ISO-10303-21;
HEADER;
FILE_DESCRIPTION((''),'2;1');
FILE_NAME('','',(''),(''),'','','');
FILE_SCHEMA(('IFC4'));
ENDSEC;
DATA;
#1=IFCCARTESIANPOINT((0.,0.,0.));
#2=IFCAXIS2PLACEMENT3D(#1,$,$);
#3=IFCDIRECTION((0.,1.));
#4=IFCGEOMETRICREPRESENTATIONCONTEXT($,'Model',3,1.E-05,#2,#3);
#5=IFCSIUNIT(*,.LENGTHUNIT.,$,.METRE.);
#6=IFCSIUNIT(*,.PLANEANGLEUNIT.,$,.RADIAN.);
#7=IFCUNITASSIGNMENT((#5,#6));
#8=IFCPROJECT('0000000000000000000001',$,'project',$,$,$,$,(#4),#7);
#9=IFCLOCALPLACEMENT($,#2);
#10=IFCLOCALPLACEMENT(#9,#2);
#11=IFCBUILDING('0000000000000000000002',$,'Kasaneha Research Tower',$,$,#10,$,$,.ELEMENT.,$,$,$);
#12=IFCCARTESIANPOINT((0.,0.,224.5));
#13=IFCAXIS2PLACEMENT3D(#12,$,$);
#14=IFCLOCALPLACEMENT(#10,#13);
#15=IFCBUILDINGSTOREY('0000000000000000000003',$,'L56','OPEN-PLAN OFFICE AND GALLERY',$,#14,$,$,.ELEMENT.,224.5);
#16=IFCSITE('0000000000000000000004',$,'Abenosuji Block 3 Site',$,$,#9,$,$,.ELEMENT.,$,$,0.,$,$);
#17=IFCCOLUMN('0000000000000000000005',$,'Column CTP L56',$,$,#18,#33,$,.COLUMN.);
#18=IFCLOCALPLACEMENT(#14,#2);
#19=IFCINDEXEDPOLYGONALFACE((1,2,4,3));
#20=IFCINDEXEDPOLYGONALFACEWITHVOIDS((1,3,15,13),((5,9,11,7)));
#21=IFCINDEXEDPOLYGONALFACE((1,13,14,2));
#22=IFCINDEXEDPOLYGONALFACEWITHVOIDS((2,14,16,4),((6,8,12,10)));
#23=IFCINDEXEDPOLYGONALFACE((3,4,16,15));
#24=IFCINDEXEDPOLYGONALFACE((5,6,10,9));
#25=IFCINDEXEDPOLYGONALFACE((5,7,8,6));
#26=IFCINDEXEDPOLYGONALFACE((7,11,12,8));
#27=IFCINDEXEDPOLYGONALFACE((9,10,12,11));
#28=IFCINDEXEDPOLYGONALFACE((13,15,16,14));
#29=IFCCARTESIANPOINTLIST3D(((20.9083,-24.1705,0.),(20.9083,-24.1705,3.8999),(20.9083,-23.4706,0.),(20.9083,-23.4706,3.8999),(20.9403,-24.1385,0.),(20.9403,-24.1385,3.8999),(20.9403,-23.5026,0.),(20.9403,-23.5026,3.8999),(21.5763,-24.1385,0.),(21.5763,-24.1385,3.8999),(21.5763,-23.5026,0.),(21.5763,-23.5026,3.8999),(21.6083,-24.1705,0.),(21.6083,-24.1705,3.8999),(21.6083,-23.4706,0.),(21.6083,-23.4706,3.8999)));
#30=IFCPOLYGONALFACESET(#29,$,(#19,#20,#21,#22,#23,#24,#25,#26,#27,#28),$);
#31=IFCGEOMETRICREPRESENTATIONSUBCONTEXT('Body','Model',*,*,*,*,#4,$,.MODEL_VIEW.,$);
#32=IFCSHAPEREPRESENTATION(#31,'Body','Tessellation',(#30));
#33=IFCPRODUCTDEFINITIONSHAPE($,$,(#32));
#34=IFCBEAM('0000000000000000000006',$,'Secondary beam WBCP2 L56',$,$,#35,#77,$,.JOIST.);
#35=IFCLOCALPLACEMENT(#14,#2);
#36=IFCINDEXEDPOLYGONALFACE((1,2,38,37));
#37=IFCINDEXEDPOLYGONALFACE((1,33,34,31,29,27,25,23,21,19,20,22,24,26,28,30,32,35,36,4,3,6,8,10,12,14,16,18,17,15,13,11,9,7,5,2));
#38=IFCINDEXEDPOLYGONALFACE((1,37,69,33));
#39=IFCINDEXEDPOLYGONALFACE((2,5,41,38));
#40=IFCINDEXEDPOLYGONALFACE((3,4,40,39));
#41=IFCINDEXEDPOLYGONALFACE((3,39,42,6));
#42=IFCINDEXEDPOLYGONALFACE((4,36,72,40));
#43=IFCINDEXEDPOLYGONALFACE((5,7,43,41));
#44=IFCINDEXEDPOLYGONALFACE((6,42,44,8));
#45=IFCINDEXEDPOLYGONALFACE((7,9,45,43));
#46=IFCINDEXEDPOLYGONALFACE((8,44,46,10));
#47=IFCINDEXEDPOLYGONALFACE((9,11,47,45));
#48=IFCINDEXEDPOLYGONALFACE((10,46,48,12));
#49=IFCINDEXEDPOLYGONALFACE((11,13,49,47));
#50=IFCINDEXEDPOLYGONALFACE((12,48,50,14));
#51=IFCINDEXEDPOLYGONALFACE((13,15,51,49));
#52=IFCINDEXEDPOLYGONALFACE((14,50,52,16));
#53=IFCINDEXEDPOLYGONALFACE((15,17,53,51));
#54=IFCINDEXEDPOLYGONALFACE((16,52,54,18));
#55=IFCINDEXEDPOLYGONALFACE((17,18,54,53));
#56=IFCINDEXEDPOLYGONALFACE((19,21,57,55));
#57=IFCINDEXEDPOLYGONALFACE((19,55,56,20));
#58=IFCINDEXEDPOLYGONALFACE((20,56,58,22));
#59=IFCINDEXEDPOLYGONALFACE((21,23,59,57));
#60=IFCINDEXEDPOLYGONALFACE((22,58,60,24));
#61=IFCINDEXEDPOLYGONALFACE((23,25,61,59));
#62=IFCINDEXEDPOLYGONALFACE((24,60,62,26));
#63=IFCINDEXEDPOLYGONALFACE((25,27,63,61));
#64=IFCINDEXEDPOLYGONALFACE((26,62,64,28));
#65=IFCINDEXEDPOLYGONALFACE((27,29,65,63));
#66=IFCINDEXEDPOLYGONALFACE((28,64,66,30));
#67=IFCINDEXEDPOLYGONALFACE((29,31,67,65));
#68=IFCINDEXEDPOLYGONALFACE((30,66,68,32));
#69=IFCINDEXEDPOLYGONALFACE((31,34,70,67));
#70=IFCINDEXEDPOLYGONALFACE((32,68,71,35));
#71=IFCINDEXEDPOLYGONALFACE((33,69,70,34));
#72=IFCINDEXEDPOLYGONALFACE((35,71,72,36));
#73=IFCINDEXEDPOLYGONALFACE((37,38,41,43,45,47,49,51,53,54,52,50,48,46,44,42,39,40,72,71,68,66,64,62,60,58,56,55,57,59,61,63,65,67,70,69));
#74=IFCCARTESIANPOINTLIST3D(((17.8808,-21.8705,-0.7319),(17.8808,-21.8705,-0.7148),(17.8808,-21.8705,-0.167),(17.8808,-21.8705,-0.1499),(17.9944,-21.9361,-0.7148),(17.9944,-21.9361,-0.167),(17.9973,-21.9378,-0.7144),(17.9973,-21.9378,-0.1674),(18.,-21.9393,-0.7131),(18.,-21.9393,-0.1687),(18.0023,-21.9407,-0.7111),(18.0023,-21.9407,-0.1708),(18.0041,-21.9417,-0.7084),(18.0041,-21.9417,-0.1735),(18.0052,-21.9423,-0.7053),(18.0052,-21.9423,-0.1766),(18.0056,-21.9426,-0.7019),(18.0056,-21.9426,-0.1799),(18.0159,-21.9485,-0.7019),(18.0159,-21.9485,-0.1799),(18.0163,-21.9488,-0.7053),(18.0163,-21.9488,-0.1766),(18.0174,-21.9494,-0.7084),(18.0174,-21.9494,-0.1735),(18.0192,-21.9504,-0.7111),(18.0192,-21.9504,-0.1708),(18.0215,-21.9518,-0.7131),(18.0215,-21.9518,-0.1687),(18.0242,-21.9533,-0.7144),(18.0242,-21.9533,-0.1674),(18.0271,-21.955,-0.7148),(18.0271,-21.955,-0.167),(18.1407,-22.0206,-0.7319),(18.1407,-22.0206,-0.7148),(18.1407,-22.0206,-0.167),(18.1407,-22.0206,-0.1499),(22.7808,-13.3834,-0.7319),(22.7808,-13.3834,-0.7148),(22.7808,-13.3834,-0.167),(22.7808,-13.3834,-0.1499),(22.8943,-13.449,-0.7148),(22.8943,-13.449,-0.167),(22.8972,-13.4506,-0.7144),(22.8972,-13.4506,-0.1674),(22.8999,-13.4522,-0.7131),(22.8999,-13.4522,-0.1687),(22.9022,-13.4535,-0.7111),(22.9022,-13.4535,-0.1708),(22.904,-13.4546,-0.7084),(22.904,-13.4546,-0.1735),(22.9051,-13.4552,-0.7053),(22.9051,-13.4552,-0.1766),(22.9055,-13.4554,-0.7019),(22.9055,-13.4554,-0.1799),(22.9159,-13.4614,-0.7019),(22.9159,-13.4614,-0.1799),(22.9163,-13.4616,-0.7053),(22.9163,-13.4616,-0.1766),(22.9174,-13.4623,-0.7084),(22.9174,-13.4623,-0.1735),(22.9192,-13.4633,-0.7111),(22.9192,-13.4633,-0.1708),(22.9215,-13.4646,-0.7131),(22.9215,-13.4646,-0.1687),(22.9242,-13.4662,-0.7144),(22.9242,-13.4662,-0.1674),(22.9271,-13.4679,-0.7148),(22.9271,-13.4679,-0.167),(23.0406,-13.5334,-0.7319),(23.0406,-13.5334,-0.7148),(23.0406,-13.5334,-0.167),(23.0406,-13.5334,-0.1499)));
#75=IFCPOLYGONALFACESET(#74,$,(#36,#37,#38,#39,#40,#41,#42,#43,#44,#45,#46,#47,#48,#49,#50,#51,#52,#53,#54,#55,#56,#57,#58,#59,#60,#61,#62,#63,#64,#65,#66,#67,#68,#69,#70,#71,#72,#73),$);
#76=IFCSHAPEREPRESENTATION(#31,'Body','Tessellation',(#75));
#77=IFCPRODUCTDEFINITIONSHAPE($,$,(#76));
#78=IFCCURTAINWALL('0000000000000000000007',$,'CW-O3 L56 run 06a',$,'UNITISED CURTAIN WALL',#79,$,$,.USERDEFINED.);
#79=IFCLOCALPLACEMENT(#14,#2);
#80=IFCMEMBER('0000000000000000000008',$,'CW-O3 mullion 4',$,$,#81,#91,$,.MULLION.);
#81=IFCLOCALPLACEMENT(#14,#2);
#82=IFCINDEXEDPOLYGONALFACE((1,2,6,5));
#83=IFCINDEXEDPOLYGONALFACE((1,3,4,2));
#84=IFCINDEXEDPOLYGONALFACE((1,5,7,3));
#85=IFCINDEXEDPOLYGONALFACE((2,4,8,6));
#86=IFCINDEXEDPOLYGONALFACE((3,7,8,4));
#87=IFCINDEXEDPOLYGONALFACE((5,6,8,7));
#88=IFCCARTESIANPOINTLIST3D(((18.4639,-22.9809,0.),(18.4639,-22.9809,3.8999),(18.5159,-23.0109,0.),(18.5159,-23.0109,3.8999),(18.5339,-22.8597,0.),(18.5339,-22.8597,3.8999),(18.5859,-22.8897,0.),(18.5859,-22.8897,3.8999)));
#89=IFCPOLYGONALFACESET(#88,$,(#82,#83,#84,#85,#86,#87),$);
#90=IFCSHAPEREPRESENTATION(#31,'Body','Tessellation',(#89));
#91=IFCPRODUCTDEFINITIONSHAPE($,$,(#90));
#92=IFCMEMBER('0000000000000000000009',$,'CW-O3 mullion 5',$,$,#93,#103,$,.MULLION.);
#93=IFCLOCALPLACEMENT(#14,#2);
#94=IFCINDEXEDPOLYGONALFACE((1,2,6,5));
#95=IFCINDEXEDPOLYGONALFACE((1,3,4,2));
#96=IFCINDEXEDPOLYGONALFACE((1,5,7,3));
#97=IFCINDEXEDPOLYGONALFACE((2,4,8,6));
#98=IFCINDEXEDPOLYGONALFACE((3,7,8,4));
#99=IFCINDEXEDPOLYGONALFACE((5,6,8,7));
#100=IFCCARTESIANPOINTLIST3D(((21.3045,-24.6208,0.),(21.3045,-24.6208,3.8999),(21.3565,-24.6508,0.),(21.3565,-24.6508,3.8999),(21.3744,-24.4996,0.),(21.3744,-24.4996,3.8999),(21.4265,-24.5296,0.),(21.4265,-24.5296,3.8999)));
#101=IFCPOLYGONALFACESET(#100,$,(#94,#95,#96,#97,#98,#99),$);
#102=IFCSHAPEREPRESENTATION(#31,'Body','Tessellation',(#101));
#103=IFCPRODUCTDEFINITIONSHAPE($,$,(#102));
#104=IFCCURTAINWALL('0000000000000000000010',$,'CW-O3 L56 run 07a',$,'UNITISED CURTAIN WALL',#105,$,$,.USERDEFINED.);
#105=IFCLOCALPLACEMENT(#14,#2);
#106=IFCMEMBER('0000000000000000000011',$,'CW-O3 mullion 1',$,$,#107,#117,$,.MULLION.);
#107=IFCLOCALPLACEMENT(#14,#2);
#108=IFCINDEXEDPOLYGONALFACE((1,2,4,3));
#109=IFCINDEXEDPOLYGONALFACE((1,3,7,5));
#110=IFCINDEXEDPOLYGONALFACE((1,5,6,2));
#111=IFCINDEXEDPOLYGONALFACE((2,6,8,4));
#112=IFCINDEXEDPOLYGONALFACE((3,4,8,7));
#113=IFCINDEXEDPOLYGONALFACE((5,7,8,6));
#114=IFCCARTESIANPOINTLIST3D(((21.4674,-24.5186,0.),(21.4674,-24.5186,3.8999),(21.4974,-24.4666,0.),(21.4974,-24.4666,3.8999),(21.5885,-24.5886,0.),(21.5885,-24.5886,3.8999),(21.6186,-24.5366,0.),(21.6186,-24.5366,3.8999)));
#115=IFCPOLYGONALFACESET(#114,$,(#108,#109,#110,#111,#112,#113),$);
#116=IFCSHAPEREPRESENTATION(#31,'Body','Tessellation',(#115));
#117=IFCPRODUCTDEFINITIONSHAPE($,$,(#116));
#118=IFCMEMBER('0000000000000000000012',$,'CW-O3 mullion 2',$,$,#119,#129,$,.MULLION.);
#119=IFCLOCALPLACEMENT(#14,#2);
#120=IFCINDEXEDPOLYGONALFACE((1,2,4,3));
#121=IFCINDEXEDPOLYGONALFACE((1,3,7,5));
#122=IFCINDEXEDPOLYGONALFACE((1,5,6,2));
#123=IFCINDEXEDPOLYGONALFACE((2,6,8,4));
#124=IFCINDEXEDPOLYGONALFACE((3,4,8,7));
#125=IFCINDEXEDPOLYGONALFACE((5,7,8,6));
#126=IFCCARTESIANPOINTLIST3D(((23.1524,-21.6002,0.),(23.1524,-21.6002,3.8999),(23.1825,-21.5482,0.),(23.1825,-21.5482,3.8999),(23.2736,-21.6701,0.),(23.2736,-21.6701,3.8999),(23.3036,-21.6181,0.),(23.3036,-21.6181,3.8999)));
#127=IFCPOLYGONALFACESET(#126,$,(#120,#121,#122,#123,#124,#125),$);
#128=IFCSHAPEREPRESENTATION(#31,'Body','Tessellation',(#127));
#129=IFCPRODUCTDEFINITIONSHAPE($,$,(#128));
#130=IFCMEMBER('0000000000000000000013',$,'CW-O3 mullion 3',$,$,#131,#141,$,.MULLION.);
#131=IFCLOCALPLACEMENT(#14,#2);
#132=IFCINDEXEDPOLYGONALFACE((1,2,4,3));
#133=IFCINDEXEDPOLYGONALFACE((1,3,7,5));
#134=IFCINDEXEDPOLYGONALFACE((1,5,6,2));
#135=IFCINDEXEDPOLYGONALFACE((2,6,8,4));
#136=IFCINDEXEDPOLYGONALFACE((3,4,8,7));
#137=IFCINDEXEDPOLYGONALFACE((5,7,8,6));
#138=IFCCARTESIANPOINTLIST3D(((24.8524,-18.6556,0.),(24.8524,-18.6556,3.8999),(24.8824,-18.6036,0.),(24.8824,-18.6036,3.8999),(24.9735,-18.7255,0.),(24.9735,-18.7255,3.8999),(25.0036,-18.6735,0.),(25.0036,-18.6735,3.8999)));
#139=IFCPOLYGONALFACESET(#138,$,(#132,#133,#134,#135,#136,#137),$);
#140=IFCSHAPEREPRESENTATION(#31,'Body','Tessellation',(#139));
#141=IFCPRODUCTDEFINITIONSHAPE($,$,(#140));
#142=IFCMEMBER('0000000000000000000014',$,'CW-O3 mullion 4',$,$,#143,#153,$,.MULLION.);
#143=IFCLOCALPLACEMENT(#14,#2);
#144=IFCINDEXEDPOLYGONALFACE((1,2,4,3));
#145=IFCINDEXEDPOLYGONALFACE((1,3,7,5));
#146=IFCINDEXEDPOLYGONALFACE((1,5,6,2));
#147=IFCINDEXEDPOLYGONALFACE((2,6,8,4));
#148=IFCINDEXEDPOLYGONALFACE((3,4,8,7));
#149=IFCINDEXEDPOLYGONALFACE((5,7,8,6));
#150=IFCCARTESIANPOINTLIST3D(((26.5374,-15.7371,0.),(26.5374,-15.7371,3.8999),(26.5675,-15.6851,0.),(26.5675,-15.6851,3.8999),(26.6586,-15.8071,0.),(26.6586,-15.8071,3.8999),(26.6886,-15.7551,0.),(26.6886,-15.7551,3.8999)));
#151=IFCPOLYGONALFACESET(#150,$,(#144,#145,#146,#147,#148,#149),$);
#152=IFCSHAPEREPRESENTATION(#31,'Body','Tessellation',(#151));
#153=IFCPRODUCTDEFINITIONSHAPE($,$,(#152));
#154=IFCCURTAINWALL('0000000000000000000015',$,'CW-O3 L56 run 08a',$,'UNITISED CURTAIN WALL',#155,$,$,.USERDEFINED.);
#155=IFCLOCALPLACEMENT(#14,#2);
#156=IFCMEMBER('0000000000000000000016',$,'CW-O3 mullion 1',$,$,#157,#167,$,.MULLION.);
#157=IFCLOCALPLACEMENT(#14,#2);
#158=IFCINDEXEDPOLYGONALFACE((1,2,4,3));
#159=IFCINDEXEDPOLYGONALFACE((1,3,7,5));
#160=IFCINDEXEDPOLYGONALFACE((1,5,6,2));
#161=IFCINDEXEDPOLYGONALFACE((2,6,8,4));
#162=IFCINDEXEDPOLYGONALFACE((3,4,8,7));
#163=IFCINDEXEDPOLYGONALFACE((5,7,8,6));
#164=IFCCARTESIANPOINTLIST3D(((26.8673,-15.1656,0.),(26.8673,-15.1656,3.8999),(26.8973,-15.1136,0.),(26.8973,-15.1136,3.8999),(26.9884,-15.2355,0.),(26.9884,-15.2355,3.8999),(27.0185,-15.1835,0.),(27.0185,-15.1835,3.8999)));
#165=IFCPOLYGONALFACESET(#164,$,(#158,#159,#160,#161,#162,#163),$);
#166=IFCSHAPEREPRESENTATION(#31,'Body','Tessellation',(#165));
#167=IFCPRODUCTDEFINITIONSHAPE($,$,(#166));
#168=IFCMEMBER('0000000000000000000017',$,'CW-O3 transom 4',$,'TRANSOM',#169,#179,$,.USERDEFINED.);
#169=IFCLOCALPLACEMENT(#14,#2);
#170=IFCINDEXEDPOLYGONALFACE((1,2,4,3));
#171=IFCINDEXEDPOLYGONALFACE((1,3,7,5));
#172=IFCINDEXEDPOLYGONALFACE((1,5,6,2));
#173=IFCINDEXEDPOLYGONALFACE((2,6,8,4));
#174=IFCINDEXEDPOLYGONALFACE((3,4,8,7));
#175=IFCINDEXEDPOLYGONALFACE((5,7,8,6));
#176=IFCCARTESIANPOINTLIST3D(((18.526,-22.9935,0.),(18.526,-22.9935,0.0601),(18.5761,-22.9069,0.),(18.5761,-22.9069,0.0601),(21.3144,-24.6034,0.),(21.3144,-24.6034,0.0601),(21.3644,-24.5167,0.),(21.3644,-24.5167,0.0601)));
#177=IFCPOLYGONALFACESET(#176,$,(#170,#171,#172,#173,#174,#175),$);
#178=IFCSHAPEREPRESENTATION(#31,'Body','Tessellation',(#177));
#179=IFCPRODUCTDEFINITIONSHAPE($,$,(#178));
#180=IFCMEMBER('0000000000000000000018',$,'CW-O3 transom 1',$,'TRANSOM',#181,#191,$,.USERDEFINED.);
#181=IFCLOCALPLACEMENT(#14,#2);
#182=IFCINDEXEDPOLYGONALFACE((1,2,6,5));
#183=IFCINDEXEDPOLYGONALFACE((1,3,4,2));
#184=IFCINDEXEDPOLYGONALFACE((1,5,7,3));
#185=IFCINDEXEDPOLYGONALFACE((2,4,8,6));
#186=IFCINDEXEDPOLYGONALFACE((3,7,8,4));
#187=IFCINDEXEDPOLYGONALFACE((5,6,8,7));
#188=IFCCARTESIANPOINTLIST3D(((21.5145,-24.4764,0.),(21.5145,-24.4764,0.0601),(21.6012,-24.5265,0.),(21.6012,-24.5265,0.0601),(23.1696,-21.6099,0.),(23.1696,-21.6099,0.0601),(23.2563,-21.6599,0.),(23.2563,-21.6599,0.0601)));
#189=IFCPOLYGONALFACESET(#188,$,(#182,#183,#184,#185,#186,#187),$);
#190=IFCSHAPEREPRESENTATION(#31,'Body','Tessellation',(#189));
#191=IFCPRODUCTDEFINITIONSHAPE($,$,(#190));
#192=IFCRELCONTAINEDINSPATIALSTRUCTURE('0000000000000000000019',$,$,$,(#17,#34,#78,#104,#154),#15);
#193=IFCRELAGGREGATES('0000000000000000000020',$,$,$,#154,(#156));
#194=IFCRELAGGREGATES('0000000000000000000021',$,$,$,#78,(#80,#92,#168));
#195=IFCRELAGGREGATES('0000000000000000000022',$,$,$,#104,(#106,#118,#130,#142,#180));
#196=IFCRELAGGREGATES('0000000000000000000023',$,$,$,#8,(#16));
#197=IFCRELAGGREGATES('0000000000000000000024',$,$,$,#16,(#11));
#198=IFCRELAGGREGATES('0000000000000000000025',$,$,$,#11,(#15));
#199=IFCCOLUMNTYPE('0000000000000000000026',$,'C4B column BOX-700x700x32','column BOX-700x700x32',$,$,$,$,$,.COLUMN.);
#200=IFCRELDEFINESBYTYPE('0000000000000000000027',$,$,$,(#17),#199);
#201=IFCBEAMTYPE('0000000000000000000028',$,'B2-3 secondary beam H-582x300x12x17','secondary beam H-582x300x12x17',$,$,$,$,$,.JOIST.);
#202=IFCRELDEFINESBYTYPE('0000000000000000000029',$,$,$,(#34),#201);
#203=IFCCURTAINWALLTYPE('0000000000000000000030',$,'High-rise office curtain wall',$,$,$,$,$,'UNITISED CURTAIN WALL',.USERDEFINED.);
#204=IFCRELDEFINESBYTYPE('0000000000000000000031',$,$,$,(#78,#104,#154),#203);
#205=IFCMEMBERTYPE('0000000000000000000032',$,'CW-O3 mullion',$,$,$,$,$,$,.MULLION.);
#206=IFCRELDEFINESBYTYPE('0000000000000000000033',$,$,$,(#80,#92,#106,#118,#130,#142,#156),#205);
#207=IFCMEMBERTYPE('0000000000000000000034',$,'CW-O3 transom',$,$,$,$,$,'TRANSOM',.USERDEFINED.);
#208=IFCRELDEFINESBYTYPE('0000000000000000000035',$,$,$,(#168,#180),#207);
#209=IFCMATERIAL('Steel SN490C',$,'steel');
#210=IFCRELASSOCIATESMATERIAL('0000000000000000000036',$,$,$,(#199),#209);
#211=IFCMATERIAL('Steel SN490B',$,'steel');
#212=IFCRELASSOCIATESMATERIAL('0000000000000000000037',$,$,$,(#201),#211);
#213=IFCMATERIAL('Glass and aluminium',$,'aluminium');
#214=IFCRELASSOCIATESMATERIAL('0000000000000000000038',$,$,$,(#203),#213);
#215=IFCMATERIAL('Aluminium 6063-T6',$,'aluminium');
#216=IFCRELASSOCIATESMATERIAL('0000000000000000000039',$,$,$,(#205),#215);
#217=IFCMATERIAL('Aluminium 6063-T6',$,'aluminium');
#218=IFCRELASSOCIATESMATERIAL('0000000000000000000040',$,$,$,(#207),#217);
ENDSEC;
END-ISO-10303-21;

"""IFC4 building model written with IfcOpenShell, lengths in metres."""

from ifc_helpers import new_model, si_unit, direction, frame, origin, origin_2d, place, context, subcontext, project, spatial, rectangle, hollow_rectangle, i_section, extrude, material, material_profile, profile_set, type_object, element, aggregate, save


model = new_model("IFC4")

# Units and contexts
model_context = context("Model", 3, precision=1e-05, world=origin(), true_north=direction((0.0, 1.0)))
body_context = subcontext(model_context, "Body", "Model", "MODEL_VIEW")
ifc_project = project(units=[si_unit("LENGTHUNIT", "METRE"), si_unit("PLANEANGLEUNIT", "RADIAN")], contexts=[model_context])

# Site, building, storey
site_placement = place(None, origin())
site = spatial("IfcSite", under=ifc_project, at=site_placement, Name="Abenosuji Block 3 Site", CompositionType="ELEMENT", RefElevation=0.0)
building_placement = place(site_placement, origin())
building = spatial("IfcBuilding", under=site, at=building_placement, Name="Kasaneha Research Tower", CompositionType="ELEMENT")
storey_placement = place(building_placement, frame((0.0, 0.0, 224.5)))
storey = spatial("IfcBuildingStorey", under=building, at=storey_placement, Name="L56", Description="OPEN-PLAN OFFICE AND GALLERY", CompositionType="ELEMENT", Elevation=224.5)

# Column
ifc_material_1 = material(Name="Steel SN490C", Category="steel")
ifc_material_profile_1 = material_profile(ifc_material_1, hollow_rectangle(XDim=0.7, YDim=0.7, WallThickness=0.032, at=origin_2d()), Name="BOX-700x700x32")
ifc_profile_set_1 = profile_set([ifc_material_profile_1], Name="Steel SN490C")
column_type = type_object("IfcColumnType", Name="C4B column BOX-700x700x32", Description="column BOX-700x700x32", PredefinedType="COLUMN", material=ifc_profile_set_1)
column_placement = place(storey_placement, frame((21.2583, -23.8206, 0.0), z_axis=(0.0, 0.0, 1.0), x_axis=(1.0, 0.0, 0.0)))
element("IfcColumn", 1, at=column_placement, inside=storey, type_object=column_type, Name="Column CTP L56", PredefinedType="COLUMN", context=body_context, shape_type="SweptSolid", body=[
    extrude(hollow_rectangle(XDim=0.7, YDim=0.7, WallThickness=0.032, at=origin_2d()), origin(), (0.0, 0.0, 1.0), 3.8999),
])

# Beam
ifc_material_2 = material(Name="Steel SN490B", Category="steel")
ifc_material_profile_2 = material_profile(ifc_material_2, i_section(OverallWidth=0.3, OverallDepth=0.582, WebThickness=0.012, FlangeThickness=0.0171, FilletRadius=0.0129, at=origin_2d()), Name="H-582x300x12x17")
ifc_profile_set_2 = profile_set([ifc_material_profile_2], Name="Steel SN490B")
beam_type_1 = type_object("IfcBeamType", Name="B2-3 secondary beam H-582x300x12x17", Description="secondary beam H-582x300x12x17", PredefinedType="JOIST", material=ifc_profile_set_2)
beam_1_placement = place(storey_placement, frame((18.0107, -21.9456, -0.4409), z_axis=(0.499992, 0.86603, 0.0), x_axis=(-0.86603, 0.499992, 0.0)))
element("IfcBeam", 2, at=beam_1_placement, inside=storey, type_object=beam_type_1, Name="Secondary beam WBCP2 L56", PredefinedType="JOIST", context=body_context, shape_type="SweptSolid", body=[
    extrude(i_section(OverallWidth=0.3, OverallDepth=0.582, WebThickness=0.012, FlangeThickness=0.0171, FilletRadius=0.0129, at=origin_2d()), origin(), (0.0, 0.0, 1.0), 9.8),
])

# Curtain walls, members
ifc_material_3 = material(Name="Glass and aluminium", Category="aluminium")
curtain_wall_type = type_object("IfcCurtainWallType", Name="High-rise office curtain wall", ElementType="UNITISED CURTAIN WALL", PredefinedType="USERDEFINED", material=ifc_material_3)
curtain_wall_1_placement = place(storey_placement, origin())
curtain_wall_1 = element("IfcCurtainWall", 3, at=curtain_wall_1_placement, inside=storey, type_object=curtain_wall_type, Name="CW-O3 L56 run 06a", ObjectType="UNITISED CURTAIN WALL", PredefinedType="USERDEFINED")
ifc_material_4 = material(Name="Aluminium 6063-T6", Category="aluminium")
ifc_material_profile_3 = material_profile(ifc_material_4, rectangle(XDim=0.0601, YDim=0.1399, at=origin_2d()), Name="CW-O3 mullion 60x140")
ifc_profile_set_3 = profile_set([ifc_material_profile_3], Name="Aluminium 6063-T6")
member_type_1 = type_object("IfcMemberType", Name="CW-O3 mullion", PredefinedType="MULLION", material=ifc_profile_set_3)
member_1_placement = place(storey_placement, frame((18.5249, -22.9353, 0.0), z_axis=(0.0, 0.0, 1.0), x_axis=(0.866025, -0.5, 0.0)))
member_1 = element("IfcMember", 4, at=member_1_placement, type_object=member_type_1, Name="CW-O3 mullion 4", PredefinedType="MULLION", context=body_context, shape_type="SweptSolid", body=[
    extrude(rectangle(XDim=0.0601, YDim=0.1399, at=origin_2d()), origin(), (0.0, 0.0, 1.0), 3.8999),
])
member_2_placement = place(storey_placement, frame((21.3655, -24.5752, 0.0), z_axis=(0.0, 0.0, 1.0), x_axis=(0.866025, -0.5, 0.0)))
member_2 = element("IfcMember", 5, at=member_2_placement, type_object=member_type_1, Name="CW-O3 mullion 5", PredefinedType="MULLION", context=body_context, shape_type="SweptSolid", body=[
    extrude(rectangle(XDim=0.0601, YDim=0.1399, at=origin_2d()), origin(), (0.0, 0.0, 1.0), 3.8999),
])
curtain_wall_2_placement = place(storey_placement, origin())
curtain_wall_2 = element("IfcCurtainWall", 6, at=curtain_wall_2_placement, inside=storey, type_object=curtain_wall_type, Name="CW-O3 L56 run 07a", ObjectType="UNITISED CURTAIN WALL", PredefinedType="USERDEFINED")
member_3_placement = place(storey_placement, frame((21.543, -24.5276, 0.0), z_axis=(0.0, 0.0, 1.0), x_axis=(0.5, 0.866025, 0.0)))
member_3 = element("IfcMember", 7, at=member_3_placement, type_object=member_type_1, Name="CW-O3 mullion 1", PredefinedType="MULLION", context=body_context, shape_type="SweptSolid", body=[
    extrude(rectangle(XDim=0.0601, YDim=0.1399, at=origin_2d()), origin(), (0.0, 0.0, 1.0), 3.8999),
])
member_4_placement = place(storey_placement, frame((23.228, -21.6091, 0.0), z_axis=(0.0, 0.0, 1.0), x_axis=(0.5, 0.866025, 0.0)))
member_4 = element("IfcMember", 8, at=member_4_placement, type_object=member_type_1, Name="CW-O3 mullion 2", PredefinedType="MULLION", context=body_context, shape_type="SweptSolid", body=[
    extrude(rectangle(XDim=0.0601, YDim=0.1399, at=origin_2d()), origin(), (0.0, 0.0, 1.0), 3.8999),
])
member_5_placement = place(storey_placement, frame((24.928, -18.6646, 0.0), z_axis=(0.0, 0.0, 1.0), x_axis=(0.5, 0.866025, 0.0)))
member_5 = element("IfcMember", 9, at=member_5_placement, type_object=member_type_1, Name="CW-O3 mullion 3", PredefinedType="MULLION", context=body_context, shape_type="SweptSolid", body=[
    extrude(rectangle(XDim=0.0601, YDim=0.1399, at=origin_2d()), origin(), (0.0, 0.0, 1.0), 3.8999),
])
member_6_placement = place(storey_placement, frame((26.613, -15.7461, 0.0), z_axis=(0.0, 0.0, 1.0), x_axis=(0.5, 0.866025, 0.0)))
member_6 = element("IfcMember", 10, at=member_6_placement, type_object=member_type_1, Name="CW-O3 mullion 4", PredefinedType="MULLION", context=body_context, shape_type="SweptSolid", body=[
    extrude(rectangle(XDim=0.0601, YDim=0.1399, at=origin_2d()), origin(), (0.0, 0.0, 1.0), 3.8999),
])

# Curtain wall, member
curtain_wall_3_placement = place(storey_placement, origin())
curtain_wall_3 = element("IfcCurtainWall", 11, at=curtain_wall_3_placement, inside=storey, type_object=curtain_wall_type, Name="CW-O3 L56 run 08a", ObjectType="UNITISED CURTAIN WALL", PredefinedType="USERDEFINED")
member_7_placement = place(storey_placement, frame((26.9429, -15.1746, 0.0), z_axis=(0.0, 0.0, 1.0), x_axis=(0.5, 0.866025, 0.0)))
member_7 = element("IfcMember", 12, at=member_7_placement, type_object=member_type_1, Name="CW-O3 mullion 1", PredefinedType="MULLION", context=body_context, shape_type="SweptSolid", body=[
    extrude(rectangle(XDim=0.0601, YDim=0.1399, at=origin_2d()), origin(), (0.0, 0.0, 1.0), 3.8999),
])
aggregate(curtain_wall_3, [member_7])

# Members
ifc_material_5 = material(Name="Aluminium 6063-T6", Category="aluminium")
ifc_material_profile_4 = material_profile(ifc_material_5, rectangle(XDim=0.1001, YDim=0.0601, at=origin_2d()), Name="CW-O3 transom 100x60")
ifc_profile_set_4 = profile_set([ifc_material_profile_4], Name="Aluminium 6063-T6")
member_type_2 = type_object("IfcMemberType", Name="CW-O3 transom", ElementType="TRANSOM", PredefinedType="USERDEFINED", material=ifc_profile_set_4)
member_8_placement = place(storey_placement, frame((18.551, -22.9502, 0.03), z_axis=(0.866023, -0.500005, 0.0), x_axis=(0.500005, 0.866023, 0.0)))
member_8 = element("IfcMember", 13, at=member_8_placement, type_object=member_type_2, Name="CW-O3 transom 4", ObjectType="TRANSOM", PredefinedType="USERDEFINED", context=body_context, shape_type="SweptSolid", body=[
    extrude(rectangle(XDim=0.1001, YDim=0.0601, at=origin_2d()), origin(), (0.0, 0.0, 1.0), 3.2197),
])
member_9_placement = place(storey_placement, frame((21.5579, -24.5015, 0.03), z_axis=(0.500018, 0.866015, 0.0), x_axis=(-0.866015, 0.500018, 0.0)))
member_9 = element("IfcMember", 14, at=member_9_placement, type_object=member_type_2, Name="CW-O3 transom 1", ObjectType="TRANSOM", PredefinedType="USERDEFINED", context=body_context, shape_type="SweptSolid", body=[
    extrude(rectangle(XDim=0.1001, YDim=0.0601, at=origin_2d()), origin(), (0.0, 0.0, 1.0), 3.3101),
])

aggregate(curtain_wall_1, [member_1, member_2, member_8])
aggregate(curtain_wall_2, [member_3, member_4, member_5, member_6, member_9])

save(model, "model.ifc")
